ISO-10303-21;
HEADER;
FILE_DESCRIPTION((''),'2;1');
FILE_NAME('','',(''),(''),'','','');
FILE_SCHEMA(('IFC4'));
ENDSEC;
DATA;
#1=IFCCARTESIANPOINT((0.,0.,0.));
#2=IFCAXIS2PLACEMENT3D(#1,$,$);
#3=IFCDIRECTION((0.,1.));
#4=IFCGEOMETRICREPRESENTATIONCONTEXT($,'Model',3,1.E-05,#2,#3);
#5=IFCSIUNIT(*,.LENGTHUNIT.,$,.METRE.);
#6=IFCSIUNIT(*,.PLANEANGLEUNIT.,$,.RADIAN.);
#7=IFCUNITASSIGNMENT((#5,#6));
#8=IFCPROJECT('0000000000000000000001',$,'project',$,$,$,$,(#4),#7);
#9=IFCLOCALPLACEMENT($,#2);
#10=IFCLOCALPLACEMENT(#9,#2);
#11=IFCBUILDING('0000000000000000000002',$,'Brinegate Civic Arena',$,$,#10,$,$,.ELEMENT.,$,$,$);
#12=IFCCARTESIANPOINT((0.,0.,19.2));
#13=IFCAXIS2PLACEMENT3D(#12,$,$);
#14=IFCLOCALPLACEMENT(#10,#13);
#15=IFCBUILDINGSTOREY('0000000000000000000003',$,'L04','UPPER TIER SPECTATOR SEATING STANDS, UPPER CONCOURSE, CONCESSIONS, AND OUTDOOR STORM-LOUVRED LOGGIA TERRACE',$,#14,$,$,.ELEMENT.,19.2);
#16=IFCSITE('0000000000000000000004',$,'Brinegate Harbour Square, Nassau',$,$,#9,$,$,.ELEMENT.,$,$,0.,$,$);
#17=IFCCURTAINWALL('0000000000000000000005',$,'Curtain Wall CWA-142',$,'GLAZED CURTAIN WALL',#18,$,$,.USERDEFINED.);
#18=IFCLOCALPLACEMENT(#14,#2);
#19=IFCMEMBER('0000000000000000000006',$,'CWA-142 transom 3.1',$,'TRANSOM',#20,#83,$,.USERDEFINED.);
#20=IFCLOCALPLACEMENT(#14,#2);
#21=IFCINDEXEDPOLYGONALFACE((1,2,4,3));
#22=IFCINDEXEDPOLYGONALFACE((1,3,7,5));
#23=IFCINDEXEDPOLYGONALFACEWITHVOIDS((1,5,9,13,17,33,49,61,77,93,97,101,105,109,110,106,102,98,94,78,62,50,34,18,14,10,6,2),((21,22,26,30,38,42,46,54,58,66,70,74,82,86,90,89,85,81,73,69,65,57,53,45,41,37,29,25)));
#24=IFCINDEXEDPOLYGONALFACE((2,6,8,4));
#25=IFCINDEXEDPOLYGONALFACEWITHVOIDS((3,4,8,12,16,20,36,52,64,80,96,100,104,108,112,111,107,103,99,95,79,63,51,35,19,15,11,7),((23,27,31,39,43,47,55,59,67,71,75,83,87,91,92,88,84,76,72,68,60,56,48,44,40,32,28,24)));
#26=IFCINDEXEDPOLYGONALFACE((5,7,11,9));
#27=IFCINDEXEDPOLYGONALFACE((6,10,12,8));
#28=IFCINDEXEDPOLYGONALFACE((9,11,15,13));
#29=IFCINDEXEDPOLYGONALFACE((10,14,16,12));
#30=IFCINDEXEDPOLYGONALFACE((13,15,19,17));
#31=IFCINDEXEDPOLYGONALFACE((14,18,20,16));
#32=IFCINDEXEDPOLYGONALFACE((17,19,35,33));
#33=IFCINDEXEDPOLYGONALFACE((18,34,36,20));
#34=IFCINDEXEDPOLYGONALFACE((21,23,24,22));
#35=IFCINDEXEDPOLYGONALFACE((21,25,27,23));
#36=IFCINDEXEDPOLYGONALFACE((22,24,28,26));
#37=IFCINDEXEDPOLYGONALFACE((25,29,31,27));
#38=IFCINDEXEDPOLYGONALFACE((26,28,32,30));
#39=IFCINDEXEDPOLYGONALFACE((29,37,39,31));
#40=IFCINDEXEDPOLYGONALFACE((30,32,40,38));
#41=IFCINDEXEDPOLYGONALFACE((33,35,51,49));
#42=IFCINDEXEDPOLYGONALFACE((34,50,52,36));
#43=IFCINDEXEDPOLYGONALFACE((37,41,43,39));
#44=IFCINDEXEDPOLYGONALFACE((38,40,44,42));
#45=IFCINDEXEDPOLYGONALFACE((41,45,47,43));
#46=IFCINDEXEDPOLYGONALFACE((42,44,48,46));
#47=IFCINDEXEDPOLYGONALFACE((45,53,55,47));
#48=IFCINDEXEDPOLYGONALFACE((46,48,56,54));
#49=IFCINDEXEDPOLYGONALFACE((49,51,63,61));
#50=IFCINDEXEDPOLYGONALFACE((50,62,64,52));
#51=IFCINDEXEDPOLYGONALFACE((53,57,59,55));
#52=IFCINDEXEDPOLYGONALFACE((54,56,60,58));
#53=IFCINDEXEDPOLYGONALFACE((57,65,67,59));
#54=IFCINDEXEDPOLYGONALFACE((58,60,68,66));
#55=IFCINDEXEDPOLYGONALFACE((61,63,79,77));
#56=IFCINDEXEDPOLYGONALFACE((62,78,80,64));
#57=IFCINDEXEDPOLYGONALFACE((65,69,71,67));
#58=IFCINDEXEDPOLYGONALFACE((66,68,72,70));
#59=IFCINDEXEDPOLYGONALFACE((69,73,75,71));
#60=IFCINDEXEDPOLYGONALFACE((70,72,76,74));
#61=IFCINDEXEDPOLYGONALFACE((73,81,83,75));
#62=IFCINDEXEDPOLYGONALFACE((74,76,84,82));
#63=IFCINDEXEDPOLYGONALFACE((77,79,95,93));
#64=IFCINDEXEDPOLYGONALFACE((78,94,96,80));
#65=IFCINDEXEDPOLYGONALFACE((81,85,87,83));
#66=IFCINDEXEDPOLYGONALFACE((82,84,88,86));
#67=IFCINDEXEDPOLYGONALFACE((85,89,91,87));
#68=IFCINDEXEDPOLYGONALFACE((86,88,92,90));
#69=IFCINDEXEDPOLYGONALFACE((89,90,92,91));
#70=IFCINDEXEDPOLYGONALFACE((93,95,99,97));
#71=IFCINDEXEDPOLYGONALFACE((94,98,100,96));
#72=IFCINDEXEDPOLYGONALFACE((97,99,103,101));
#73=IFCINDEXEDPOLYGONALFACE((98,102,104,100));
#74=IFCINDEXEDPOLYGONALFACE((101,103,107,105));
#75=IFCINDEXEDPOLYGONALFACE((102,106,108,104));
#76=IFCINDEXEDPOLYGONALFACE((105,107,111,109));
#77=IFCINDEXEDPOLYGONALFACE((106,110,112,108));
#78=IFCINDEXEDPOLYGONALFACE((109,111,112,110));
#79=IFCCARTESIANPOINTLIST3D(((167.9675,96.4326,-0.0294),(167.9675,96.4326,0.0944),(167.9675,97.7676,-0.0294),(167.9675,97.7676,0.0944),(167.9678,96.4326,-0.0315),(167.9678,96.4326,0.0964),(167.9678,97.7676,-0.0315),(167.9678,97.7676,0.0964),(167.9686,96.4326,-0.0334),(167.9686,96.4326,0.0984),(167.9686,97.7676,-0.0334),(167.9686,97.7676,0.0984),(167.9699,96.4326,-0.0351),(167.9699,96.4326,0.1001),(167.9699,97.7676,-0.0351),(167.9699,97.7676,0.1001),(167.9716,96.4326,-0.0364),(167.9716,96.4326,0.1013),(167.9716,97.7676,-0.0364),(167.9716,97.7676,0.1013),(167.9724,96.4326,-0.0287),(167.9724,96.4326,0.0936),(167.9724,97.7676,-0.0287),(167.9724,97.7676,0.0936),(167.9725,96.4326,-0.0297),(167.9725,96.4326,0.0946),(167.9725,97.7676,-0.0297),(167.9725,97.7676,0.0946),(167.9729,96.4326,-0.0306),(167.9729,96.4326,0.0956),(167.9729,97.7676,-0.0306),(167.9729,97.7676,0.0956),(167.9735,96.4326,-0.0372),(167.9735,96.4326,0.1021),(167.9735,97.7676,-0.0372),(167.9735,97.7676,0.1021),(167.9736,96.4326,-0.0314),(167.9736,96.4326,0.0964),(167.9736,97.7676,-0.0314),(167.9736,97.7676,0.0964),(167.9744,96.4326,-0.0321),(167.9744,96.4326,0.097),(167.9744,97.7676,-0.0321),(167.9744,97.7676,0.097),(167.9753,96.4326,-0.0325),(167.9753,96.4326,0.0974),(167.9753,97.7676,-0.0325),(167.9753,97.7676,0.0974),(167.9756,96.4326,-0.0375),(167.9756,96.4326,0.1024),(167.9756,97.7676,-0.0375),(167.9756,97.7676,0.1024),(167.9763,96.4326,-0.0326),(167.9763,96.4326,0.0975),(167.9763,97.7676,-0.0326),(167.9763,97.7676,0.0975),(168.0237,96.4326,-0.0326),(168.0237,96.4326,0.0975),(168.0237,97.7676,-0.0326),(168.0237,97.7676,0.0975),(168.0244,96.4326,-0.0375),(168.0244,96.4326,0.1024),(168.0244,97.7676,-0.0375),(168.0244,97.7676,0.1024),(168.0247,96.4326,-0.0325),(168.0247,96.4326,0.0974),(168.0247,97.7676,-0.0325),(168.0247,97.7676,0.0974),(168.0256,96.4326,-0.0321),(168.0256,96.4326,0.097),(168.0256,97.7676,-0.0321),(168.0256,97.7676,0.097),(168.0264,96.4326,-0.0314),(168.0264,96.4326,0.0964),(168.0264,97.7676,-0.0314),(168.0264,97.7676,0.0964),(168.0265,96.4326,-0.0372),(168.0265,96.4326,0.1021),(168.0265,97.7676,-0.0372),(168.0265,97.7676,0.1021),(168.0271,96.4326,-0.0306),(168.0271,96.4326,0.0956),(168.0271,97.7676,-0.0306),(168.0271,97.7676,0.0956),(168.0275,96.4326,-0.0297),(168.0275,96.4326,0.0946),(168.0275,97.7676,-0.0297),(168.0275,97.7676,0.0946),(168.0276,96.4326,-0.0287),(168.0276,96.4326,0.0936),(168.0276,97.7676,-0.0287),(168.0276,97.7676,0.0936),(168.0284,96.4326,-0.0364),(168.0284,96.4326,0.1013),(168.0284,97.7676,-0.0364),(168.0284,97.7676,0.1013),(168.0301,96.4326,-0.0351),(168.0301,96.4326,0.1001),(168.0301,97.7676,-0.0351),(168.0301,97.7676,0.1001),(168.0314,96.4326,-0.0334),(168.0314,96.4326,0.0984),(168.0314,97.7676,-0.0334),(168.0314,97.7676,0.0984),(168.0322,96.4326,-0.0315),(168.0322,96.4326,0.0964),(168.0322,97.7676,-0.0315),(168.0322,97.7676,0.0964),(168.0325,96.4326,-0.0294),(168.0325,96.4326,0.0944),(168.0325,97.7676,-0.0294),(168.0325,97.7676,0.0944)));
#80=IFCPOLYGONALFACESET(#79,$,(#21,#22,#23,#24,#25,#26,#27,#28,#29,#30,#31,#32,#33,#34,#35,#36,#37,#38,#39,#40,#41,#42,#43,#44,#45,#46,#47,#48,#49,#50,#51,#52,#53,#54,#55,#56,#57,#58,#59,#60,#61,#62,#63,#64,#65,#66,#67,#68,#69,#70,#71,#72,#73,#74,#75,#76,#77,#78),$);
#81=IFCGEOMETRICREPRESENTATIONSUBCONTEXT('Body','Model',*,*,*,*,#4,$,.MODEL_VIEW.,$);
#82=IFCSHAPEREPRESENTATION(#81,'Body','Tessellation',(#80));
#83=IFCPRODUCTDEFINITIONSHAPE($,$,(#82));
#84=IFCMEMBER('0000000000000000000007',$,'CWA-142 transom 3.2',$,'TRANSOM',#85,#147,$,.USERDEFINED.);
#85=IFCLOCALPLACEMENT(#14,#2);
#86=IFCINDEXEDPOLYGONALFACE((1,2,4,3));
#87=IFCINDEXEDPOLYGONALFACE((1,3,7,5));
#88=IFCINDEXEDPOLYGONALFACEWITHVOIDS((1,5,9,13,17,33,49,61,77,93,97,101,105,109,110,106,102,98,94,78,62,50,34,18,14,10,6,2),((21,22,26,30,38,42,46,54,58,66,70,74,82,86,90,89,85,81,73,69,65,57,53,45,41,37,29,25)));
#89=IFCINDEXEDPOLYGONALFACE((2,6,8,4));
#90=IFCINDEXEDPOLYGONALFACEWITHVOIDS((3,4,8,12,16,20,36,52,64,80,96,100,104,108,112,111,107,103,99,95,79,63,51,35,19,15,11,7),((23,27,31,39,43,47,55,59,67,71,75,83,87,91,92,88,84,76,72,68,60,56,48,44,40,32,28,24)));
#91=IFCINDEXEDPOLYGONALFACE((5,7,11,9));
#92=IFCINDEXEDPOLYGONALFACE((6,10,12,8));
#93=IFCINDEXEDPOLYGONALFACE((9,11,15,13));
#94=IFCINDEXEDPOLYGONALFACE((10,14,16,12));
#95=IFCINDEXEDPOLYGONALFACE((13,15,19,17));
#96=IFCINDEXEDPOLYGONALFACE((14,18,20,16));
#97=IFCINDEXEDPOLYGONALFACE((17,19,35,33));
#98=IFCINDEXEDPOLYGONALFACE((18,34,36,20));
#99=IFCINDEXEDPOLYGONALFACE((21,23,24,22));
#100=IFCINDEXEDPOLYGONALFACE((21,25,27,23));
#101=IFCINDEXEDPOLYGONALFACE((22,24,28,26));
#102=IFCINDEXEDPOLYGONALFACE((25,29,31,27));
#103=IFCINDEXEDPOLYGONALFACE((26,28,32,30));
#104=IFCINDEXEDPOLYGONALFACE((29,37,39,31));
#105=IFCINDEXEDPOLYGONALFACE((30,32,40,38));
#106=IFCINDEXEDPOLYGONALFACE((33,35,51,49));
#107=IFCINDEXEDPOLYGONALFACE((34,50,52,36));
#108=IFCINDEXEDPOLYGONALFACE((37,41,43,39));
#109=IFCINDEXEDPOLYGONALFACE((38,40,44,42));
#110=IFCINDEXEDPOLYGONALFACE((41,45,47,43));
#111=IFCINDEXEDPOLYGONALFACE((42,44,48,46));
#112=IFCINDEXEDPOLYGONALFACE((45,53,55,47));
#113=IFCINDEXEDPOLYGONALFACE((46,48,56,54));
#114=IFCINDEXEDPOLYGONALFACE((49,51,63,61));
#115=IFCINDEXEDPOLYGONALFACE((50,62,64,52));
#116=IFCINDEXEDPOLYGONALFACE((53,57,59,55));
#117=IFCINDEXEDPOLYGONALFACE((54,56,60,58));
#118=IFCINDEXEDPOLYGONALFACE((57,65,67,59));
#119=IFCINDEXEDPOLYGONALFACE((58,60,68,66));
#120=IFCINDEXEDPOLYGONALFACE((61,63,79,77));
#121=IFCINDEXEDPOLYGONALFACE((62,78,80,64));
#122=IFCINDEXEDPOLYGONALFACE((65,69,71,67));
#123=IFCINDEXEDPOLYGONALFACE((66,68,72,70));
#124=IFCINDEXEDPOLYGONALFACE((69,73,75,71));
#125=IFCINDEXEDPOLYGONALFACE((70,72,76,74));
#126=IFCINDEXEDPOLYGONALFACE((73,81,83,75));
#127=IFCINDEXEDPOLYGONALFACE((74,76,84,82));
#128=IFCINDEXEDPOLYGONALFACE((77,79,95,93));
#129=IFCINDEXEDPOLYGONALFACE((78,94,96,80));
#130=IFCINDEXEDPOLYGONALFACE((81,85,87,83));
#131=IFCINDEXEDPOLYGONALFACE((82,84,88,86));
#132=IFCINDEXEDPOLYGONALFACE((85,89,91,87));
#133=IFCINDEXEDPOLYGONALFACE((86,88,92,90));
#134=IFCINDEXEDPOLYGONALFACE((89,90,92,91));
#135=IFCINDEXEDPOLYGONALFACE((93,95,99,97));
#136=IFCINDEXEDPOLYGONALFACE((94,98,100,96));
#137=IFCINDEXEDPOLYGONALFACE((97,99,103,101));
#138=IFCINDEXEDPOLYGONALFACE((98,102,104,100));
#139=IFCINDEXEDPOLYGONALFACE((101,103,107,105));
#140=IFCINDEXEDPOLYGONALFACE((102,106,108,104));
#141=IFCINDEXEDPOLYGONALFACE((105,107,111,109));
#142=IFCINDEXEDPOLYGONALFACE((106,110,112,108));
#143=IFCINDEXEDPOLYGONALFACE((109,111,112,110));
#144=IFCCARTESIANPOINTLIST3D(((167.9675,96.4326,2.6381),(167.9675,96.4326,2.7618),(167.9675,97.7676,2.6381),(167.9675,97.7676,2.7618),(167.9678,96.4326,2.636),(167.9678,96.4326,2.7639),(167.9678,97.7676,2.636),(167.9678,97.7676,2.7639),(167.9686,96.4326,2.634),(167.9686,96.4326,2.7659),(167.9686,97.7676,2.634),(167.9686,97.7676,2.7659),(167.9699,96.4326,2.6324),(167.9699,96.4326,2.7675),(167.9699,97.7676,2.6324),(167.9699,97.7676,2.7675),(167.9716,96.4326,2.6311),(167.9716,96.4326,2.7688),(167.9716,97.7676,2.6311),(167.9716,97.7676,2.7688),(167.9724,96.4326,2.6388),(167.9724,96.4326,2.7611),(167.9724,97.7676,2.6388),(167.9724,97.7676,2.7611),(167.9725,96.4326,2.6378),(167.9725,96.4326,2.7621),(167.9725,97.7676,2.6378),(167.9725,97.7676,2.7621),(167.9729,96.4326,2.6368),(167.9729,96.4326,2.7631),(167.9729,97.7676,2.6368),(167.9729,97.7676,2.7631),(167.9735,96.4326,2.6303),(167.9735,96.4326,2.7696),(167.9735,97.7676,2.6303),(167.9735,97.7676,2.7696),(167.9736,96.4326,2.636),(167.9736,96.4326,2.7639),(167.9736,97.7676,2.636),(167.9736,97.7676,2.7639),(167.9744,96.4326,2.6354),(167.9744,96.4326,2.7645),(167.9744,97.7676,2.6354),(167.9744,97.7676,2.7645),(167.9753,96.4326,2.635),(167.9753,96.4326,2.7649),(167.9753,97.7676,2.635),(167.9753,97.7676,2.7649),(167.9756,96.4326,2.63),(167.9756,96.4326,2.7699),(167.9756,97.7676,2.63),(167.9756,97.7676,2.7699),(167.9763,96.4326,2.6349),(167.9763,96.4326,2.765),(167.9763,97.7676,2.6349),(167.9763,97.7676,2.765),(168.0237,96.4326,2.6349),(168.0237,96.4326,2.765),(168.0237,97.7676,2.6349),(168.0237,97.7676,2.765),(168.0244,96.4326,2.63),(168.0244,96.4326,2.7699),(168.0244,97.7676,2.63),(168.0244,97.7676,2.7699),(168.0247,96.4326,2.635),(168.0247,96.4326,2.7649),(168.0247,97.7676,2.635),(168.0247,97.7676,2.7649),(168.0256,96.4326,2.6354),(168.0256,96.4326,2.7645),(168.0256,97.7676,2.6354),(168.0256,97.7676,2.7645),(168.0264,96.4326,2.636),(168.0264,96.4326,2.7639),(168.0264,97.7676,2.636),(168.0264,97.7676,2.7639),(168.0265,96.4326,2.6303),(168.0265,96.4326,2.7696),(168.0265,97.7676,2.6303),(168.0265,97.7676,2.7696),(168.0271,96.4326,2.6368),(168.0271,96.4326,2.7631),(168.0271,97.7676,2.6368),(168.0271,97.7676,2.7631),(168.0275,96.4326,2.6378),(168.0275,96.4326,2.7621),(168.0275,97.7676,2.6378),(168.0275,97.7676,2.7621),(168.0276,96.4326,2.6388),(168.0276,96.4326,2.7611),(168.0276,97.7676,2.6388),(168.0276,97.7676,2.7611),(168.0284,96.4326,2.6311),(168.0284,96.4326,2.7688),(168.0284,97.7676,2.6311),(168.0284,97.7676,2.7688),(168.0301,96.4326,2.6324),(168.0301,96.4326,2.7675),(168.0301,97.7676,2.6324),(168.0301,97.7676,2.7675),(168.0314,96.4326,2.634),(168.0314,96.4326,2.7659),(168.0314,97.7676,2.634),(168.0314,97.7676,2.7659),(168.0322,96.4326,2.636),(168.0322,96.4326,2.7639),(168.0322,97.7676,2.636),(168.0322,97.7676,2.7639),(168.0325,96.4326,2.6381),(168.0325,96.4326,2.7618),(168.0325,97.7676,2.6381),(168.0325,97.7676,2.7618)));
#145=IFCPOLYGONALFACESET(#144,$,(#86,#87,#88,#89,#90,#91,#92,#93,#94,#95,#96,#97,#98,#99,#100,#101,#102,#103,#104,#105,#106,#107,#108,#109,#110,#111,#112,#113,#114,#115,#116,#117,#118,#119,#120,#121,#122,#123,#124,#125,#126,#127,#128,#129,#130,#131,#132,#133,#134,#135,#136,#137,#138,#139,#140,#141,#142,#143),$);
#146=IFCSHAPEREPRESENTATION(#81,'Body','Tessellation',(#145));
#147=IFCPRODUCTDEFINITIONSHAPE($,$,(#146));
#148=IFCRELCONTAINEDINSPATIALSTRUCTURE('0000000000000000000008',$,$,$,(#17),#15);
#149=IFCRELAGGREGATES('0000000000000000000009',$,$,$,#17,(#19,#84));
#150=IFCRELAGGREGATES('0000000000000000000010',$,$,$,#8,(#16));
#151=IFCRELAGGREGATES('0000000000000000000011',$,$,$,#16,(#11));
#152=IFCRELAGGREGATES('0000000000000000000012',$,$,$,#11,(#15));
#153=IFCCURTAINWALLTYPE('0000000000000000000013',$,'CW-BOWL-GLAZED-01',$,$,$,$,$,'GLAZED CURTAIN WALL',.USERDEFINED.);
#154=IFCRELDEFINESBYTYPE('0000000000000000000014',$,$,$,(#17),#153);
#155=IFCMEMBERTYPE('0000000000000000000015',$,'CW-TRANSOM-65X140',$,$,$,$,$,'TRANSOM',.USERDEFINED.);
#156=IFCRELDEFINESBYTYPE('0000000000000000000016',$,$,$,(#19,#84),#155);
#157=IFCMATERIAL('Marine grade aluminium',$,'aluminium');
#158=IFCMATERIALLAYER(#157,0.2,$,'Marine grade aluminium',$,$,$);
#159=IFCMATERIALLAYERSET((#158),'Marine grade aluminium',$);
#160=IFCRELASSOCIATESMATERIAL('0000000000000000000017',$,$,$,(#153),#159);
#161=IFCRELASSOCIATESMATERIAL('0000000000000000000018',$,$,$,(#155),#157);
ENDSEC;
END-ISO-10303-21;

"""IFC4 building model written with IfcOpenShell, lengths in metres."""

from ifc_helpers import new_model, si_unit, direction, frame, origin, origin_2d, place, context, subcontext, project, spatial, hollow_rectangle, extrude, material, layer, layer_set, material_profile, profile_set, type_object, element, aggregate, save


model = new_model("IFC4")

# Units and contexts
model_context = context("Model", 3, precision=1e-05, world=origin(), true_north=direction((0.0, 1.0)))
body_context = subcontext(model_context, "Body", "Model", "MODEL_VIEW")
ifc_project = project(units=[si_unit("LENGTHUNIT", "METRE"), si_unit("PLANEANGLEUNIT", "RADIAN")], contexts=[model_context])

# Site, building, storey
site_placement = place(None, origin())
site = spatial("IfcSite", under=ifc_project, at=site_placement, Name="Brinegate Harbour Square, Nassau", CompositionType="ELEMENT", RefElevation=0.0)
building_placement = place(site_placement, origin())
building = spatial("IfcBuilding", under=site, at=building_placement, Name="Brinegate Civic Arena", CompositionType="ELEMENT")
storey_placement = place(building_placement, frame((0.0, 0.0, 19.2)))
storey = spatial("IfcBuildingStorey", under=building, at=storey_placement, Name="L04", Description="UPPER TIER SPECTATOR SEATING STANDS, UPPER CONCOURSE, CONCESSIONS, AND OUTDOOR STORM-LOUVRED LOGGIA TERRACE", CompositionType="ELEMENT", Elevation=19.2)

# Curtain wall, members
ifc_material_1 = material(Name="Marine grade aluminium", Category="aluminium")
ifc_layer_1 = layer(ifc_material_1, 0.2, Name="Marine grade aluminium")
ifc_layer_set_1 = layer_set([ifc_layer_1], Name="Marine grade aluminium")
curtain_wall_type = type_object("IfcCurtainWallType", Name="CW-BOWL-GLAZED-01", ElementType="GLAZED CURTAIN WALL", PredefinedType="USERDEFINED", material=ifc_layer_set_1)
curtain_wall_placement = place(storey_placement, origin())
curtain_wall = element("IfcCurtainWall", 1, at=curtain_wall_placement, inside=storey, type_object=curtain_wall_type, Name="Curtain Wall CWA-142", ObjectType="GLAZED CURTAIN WALL", PredefinedType="USERDEFINED")
ifc_material_profile_1 = material_profile(ifc_material_1, hollow_rectangle(XDim=0.0649, YDim=0.1399, WallThickness=0.0049, InnerFilletRadius=0.0039, OuterFilletRadius=0.0081, at=origin_2d()), Name="TRN65X140")
ifc_profile_set_1 = profile_set([ifc_material_profile_1], Name="Marine grade aluminium")
member_type_1 = type_object("IfcMemberType", Name="CW-TRANSOM-65X140", ElementType="TRANSOM", PredefinedType="USERDEFINED", material=ifc_profile_set_1)
member_1_placement = place(storey_placement, frame((168.0, 96.4326, 0.0325), z_axis=(0.0, 1.0, 0.0), x_axis=(-1.0, 0.0, 0.0)))
member_1 = element("IfcMember", 2, at=member_1_placement, type_object=member_type_1, Name="CWA-142 transom 3.1", ObjectType="TRANSOM", PredefinedType="USERDEFINED", context=body_context, shape_type="SweptSolid", body=[
    extrude(hollow_rectangle(XDim=0.0649, YDim=0.1399, WallThickness=0.0049, InnerFilletRadius=0.0039, OuterFilletRadius=0.0081, at=origin_2d()), origin(), (0.0, 0.0, 1.0), 1.335),
])
member_2_placement = place(storey_placement, frame((168.0, 96.4326, 2.7), z_axis=(0.0, 1.0, 0.0), x_axis=(-1.0, 0.0, 0.0)))
member_2 = element("IfcMember", 3, at=member_2_placement, type_object=member_type_1, Name="CWA-142 transom 3.2", ObjectType="TRANSOM", PredefinedType="USERDEFINED", context=body_context, shape_type="SweptSolid", body=[
    extrude(hollow_rectangle(XDim=0.0649, YDim=0.1399, WallThickness=0.0049, InnerFilletRadius=0.0039, OuterFilletRadius=0.0081, at=origin_2d()), origin(), (0.0, 0.0, 1.0), 1.335),
])
aggregate(curtain_wall, [member_1, member_2])

save(model, "model.ifc")
